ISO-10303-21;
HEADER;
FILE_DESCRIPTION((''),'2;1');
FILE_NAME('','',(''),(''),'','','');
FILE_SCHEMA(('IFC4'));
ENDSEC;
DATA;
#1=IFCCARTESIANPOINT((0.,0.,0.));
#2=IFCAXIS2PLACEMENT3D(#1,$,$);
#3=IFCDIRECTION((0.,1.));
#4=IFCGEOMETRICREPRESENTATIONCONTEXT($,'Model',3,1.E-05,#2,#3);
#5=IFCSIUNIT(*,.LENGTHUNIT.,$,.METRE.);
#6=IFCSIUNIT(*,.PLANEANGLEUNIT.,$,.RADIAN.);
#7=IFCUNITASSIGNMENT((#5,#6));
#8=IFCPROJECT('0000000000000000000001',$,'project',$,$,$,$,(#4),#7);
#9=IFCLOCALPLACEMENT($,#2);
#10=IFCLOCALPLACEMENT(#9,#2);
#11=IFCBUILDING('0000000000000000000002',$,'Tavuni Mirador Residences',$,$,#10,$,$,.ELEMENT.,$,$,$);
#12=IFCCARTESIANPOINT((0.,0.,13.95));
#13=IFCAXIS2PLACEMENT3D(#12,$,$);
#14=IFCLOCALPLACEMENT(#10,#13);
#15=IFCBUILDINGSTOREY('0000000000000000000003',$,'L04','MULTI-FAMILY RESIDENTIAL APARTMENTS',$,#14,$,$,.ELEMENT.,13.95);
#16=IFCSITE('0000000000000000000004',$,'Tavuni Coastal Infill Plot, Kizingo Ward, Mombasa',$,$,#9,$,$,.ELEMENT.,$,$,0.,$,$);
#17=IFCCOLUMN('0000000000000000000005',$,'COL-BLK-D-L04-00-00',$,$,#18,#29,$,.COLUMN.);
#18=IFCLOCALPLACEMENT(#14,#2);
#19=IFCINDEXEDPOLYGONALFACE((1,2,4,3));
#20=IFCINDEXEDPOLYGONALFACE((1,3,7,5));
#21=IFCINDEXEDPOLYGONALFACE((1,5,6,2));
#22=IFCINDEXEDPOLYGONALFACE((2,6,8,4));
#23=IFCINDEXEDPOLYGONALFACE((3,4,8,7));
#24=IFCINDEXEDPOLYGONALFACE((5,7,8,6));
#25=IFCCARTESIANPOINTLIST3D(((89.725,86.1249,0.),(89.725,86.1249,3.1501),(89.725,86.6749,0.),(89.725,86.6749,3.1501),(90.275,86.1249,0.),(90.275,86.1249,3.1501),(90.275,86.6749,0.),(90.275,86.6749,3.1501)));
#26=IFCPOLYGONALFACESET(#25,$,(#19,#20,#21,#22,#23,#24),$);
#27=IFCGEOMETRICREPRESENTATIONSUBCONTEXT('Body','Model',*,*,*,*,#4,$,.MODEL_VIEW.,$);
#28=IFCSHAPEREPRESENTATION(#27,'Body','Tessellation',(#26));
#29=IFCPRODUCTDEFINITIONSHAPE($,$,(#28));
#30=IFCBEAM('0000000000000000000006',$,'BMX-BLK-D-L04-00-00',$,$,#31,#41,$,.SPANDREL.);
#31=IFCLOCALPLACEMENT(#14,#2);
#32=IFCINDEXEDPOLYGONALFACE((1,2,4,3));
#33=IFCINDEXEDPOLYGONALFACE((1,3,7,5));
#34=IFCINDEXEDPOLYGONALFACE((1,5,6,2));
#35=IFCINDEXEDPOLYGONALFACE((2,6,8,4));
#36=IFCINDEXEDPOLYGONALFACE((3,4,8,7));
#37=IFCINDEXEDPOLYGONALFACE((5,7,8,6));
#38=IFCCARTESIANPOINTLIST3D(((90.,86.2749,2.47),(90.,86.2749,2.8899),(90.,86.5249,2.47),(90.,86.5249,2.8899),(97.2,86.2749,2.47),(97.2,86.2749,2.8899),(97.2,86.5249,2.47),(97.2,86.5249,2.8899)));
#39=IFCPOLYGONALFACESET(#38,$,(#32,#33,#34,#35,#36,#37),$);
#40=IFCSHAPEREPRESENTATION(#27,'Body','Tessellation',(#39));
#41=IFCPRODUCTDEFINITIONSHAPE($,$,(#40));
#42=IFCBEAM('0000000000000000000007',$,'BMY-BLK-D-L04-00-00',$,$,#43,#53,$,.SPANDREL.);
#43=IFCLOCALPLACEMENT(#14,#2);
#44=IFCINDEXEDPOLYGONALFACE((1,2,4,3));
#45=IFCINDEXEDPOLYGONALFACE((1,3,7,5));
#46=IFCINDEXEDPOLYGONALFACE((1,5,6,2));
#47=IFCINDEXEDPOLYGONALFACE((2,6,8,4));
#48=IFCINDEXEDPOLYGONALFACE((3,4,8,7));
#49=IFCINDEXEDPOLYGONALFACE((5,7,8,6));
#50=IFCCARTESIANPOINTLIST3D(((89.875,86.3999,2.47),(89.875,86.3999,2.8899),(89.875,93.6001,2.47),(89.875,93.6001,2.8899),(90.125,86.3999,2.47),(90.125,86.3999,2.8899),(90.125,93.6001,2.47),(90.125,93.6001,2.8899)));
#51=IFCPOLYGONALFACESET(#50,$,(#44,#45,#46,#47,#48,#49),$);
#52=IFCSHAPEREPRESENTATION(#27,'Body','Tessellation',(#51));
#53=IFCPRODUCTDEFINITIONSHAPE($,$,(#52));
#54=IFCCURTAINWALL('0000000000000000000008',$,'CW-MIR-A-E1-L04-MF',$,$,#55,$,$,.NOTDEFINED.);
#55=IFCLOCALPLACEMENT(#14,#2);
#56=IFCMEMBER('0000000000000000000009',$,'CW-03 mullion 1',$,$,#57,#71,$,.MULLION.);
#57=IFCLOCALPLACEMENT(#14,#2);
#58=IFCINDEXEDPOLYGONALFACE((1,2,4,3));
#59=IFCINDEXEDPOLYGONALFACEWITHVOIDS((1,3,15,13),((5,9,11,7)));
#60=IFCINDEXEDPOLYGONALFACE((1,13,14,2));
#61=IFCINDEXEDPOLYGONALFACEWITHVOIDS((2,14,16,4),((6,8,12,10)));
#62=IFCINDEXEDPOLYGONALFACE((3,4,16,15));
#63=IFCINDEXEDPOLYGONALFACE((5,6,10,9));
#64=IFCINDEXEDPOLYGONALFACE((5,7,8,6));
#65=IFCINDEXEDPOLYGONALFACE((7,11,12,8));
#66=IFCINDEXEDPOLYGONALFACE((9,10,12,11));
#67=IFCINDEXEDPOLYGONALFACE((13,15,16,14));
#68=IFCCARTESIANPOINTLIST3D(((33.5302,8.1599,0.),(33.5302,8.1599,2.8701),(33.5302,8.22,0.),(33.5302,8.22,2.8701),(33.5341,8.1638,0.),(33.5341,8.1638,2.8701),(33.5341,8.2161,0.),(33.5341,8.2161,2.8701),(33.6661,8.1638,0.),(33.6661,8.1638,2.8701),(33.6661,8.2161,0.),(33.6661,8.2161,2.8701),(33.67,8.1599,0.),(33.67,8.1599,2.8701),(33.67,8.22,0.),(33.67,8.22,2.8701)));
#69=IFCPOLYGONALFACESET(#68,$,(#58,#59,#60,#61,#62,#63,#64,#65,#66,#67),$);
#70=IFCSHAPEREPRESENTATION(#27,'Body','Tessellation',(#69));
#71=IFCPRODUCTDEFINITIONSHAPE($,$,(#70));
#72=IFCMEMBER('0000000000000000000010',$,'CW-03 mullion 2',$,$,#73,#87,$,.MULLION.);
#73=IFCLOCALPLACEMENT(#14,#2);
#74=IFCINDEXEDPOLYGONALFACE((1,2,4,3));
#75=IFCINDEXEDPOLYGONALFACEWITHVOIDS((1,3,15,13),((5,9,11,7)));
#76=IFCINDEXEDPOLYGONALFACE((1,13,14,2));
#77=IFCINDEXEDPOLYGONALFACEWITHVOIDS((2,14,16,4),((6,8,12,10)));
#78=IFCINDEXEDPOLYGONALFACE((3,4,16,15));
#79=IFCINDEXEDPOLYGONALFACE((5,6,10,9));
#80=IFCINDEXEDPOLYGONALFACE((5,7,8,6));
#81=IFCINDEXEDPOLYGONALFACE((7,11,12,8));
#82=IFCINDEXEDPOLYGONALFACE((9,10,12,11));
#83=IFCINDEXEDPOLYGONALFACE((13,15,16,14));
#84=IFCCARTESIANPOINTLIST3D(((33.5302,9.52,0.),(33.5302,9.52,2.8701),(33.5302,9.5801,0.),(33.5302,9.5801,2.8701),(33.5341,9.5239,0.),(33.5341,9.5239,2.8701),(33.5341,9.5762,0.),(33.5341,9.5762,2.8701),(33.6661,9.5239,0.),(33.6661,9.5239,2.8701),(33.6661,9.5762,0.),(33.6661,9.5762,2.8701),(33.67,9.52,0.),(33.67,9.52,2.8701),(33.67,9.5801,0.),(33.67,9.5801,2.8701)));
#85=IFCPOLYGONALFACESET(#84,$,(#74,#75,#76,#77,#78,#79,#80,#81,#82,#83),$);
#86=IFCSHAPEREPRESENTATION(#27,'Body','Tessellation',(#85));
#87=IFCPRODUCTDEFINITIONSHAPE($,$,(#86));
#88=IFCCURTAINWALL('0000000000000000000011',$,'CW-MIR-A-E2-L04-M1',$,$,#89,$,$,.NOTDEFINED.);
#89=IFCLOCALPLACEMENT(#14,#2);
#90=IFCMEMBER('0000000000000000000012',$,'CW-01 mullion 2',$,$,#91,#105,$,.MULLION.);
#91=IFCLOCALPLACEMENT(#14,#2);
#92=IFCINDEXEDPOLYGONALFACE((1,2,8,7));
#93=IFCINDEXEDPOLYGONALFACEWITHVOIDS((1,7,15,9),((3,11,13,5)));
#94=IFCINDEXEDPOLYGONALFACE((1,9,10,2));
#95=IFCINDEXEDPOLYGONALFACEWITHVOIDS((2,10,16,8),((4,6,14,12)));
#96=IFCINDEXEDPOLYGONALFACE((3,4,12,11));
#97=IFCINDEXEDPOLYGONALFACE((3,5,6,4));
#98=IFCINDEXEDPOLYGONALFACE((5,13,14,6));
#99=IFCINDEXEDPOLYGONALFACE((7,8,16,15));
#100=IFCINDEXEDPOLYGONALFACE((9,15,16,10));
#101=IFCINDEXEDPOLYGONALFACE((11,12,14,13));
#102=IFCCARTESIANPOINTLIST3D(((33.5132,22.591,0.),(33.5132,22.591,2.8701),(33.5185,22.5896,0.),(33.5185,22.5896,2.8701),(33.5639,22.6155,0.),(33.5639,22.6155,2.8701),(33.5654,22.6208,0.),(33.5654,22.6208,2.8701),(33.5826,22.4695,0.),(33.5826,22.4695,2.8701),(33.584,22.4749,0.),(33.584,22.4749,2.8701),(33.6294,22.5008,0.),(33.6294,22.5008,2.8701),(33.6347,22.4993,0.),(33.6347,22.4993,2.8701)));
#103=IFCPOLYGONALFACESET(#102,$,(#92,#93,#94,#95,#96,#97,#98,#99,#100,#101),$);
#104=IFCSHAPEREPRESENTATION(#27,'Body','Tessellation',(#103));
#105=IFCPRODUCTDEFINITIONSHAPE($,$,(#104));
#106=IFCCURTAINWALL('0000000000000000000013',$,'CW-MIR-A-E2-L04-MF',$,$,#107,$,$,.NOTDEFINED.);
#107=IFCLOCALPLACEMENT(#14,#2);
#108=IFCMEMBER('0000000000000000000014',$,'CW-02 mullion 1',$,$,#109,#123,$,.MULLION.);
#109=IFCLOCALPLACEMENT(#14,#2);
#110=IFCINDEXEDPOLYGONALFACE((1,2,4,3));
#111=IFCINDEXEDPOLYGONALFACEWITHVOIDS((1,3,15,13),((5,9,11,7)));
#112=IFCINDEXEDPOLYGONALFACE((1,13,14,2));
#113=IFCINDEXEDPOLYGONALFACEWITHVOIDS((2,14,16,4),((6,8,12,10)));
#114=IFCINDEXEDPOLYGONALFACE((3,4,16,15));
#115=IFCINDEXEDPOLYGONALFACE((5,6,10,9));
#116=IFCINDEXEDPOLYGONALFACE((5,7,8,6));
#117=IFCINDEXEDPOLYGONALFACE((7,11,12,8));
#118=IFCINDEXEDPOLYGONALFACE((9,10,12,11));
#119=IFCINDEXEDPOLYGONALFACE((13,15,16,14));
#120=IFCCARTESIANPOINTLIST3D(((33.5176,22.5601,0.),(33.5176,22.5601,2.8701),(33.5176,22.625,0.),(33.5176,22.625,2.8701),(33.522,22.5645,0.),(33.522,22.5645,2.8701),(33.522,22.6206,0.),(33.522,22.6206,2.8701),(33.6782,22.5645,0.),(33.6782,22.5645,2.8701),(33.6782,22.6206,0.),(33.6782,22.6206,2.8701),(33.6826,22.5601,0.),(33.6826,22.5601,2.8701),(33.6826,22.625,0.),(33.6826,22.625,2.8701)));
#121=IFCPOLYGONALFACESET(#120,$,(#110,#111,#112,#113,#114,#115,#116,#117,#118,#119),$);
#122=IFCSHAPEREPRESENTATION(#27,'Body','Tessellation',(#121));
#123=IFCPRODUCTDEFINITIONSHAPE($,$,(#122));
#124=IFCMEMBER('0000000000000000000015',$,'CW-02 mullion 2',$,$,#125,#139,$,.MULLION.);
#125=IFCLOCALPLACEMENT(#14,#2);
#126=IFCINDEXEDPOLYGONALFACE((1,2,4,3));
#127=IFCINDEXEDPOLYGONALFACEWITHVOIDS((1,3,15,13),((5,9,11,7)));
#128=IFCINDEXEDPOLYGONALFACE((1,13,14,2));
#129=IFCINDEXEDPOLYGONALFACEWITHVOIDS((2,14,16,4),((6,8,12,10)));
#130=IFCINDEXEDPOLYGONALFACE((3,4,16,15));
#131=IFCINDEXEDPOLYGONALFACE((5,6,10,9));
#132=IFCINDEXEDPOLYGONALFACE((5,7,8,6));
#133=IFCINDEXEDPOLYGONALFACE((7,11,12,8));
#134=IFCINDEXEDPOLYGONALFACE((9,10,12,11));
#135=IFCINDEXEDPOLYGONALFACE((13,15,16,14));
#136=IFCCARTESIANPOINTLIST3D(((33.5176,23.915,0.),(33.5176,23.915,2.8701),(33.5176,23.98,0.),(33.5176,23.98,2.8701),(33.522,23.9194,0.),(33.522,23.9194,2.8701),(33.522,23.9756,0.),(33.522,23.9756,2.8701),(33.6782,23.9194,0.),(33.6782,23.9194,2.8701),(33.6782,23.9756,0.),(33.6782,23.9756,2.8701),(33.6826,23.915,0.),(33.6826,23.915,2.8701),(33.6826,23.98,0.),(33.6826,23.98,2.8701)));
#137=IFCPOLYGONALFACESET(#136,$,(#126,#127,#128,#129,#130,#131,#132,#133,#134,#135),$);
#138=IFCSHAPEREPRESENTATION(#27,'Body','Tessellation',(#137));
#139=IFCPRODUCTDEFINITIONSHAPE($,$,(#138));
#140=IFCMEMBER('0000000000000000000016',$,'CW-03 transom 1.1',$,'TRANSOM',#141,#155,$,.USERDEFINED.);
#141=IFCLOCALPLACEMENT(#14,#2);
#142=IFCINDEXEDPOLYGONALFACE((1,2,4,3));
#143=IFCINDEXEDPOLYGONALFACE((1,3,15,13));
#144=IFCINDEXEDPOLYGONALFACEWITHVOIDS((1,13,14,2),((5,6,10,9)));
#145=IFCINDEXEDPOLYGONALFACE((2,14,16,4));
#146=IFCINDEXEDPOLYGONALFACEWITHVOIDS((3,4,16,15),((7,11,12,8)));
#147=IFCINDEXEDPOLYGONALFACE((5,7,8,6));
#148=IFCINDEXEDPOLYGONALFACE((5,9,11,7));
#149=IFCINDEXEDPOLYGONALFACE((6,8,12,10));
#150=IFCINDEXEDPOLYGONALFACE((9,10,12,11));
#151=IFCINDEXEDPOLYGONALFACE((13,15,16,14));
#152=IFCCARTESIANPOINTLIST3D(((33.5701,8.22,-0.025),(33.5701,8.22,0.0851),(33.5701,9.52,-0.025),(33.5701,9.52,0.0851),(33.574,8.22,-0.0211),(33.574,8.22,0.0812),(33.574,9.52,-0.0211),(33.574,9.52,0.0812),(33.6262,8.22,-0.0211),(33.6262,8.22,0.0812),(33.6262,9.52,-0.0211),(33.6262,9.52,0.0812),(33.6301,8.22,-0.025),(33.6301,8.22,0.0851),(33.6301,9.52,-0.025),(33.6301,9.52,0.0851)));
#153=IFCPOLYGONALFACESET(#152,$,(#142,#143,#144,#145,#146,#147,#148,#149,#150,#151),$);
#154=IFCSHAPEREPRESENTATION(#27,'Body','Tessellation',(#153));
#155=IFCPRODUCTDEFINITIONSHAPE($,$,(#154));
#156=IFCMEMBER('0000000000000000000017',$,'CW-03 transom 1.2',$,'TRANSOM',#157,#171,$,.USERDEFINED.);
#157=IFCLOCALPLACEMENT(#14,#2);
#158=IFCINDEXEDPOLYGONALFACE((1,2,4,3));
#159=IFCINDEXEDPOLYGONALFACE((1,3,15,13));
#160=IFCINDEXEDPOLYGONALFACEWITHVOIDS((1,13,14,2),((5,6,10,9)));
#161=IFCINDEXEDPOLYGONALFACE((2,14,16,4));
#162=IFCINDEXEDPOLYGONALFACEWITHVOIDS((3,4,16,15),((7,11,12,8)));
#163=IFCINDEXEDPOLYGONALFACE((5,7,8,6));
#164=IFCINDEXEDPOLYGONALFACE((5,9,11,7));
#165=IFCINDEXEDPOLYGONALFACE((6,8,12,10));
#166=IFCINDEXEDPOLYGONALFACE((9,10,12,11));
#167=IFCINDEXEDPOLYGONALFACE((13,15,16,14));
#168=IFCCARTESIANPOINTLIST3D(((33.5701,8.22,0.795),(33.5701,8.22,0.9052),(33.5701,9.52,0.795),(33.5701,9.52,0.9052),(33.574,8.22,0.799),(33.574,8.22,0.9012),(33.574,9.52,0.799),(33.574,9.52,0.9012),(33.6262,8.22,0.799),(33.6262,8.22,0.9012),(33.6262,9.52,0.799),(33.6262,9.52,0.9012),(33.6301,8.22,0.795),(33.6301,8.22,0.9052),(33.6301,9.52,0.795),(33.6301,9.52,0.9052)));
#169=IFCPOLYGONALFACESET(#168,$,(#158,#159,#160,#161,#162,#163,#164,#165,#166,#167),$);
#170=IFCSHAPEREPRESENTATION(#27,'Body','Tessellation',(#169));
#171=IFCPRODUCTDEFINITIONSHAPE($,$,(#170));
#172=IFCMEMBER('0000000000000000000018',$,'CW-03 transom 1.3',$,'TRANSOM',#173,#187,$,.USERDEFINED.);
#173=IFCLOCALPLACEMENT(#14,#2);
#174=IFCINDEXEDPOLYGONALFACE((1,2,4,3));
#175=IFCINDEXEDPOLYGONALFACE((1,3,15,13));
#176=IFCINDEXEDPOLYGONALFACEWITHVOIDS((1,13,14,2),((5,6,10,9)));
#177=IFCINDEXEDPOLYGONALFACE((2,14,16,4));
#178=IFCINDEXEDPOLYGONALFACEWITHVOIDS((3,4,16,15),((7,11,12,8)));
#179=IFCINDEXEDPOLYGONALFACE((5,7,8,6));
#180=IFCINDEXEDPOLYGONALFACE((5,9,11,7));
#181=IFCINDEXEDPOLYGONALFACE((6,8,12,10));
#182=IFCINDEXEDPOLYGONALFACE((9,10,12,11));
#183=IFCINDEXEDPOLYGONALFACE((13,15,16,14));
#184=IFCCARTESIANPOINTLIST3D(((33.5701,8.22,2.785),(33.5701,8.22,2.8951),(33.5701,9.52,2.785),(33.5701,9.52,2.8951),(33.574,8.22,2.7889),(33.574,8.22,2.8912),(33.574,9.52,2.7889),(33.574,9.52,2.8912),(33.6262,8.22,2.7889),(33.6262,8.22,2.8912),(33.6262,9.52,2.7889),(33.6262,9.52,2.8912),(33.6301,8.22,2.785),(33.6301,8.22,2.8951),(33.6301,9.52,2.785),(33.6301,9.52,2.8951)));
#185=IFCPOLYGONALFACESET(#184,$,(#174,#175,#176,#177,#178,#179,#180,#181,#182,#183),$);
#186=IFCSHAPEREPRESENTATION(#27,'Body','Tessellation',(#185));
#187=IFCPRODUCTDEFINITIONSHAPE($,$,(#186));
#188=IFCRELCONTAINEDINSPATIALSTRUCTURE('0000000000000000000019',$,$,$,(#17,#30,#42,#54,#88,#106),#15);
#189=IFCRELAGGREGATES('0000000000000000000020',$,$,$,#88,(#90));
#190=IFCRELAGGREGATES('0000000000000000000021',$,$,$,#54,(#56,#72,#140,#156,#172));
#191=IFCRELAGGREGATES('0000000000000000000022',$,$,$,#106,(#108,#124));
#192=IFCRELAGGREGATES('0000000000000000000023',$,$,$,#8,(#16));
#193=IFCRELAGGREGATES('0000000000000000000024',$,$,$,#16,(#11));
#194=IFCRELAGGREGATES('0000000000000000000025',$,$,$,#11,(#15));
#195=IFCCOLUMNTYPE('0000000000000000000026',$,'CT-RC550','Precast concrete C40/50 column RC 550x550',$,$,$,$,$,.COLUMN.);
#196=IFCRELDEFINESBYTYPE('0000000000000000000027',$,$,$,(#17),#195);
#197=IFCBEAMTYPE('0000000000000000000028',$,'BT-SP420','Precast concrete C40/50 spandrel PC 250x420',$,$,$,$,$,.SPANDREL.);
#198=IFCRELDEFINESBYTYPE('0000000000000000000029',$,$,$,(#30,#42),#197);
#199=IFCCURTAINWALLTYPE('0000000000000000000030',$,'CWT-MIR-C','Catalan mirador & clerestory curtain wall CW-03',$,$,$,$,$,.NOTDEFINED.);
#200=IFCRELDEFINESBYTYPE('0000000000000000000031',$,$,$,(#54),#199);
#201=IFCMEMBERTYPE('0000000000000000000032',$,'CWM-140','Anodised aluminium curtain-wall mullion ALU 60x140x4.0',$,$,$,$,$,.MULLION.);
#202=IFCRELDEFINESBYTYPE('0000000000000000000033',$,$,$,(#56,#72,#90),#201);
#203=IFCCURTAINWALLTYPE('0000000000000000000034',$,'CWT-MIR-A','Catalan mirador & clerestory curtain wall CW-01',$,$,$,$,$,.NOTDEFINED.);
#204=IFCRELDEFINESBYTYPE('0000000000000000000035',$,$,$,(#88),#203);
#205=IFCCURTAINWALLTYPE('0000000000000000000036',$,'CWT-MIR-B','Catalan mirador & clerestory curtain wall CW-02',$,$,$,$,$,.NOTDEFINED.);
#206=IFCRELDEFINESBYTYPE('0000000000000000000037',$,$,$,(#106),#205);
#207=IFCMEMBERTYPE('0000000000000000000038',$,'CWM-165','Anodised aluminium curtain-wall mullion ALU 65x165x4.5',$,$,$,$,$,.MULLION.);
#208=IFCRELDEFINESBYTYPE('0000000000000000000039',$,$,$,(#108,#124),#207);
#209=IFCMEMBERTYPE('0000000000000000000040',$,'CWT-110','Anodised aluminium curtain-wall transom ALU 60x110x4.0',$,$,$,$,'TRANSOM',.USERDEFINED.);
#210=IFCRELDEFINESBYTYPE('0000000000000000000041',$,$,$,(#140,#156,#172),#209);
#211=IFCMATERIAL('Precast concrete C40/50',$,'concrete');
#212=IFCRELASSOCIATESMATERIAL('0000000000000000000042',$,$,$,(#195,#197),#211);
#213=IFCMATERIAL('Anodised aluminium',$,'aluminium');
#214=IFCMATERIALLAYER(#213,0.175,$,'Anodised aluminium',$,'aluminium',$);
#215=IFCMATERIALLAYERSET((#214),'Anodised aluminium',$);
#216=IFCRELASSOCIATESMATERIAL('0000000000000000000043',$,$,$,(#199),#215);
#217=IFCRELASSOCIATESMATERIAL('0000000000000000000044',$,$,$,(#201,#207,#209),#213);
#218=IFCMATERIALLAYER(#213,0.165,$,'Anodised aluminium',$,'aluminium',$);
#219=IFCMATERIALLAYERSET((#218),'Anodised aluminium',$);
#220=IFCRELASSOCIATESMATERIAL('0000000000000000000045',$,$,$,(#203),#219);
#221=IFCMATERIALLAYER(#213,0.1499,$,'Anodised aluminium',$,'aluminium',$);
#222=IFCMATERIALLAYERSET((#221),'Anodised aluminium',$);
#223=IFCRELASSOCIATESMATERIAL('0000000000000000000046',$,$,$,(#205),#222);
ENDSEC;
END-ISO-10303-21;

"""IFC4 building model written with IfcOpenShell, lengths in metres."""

from ifc_helpers import new_model, si_unit, direction, frame, origin, origin_2d, place, context, subcontext, project, spatial, rectangle, hollow_rectangle, extrude, material, layer, layer_set, material_profile, profile_set, type_object, element, aggregate, save


model = new_model("IFC4")

# Units and contexts
model_context = context("Model", 3, precision=1e-05, world=origin(), true_north=direction((0.0, 1.0)))
body_context = subcontext(model_context, "Body", "Model", "MODEL_VIEW")
ifc_project = project(units=[si_unit("LENGTHUNIT", "METRE"), si_unit("PLANEANGLEUNIT", "RADIAN")], contexts=[model_context])

# Site, building, storey
site_placement = place(None, origin())
site = spatial("IfcSite", under=ifc_project, at=site_placement, Name="Tavuni Coastal Infill Plot, Kizingo Ward, Mombasa", CompositionType="ELEMENT", RefElevation=0.0)
building_placement = place(site_placement, origin())
building = spatial("IfcBuilding", under=site, at=building_placement, Name="Tavuni Mirador Residences", CompositionType="ELEMENT")
storey_placement = place(building_placement, frame((0.0, 0.0, 13.95)))
storey = spatial("IfcBuildingStorey", under=building, at=storey_placement, Name="L04", Description="MULTI-FAMILY RESIDENTIAL APARTMENTS", CompositionType="ELEMENT", Elevation=13.95)

# Column
ifc_material_1 = material(Name="Precast concrete C40/50", Category="concrete")
ifc_material_profile_1 = material_profile(ifc_material_1, rectangle(XDim=0.55, YDim=0.55, at=origin_2d()), Name="RC 550x550", Category="concrete")
ifc_profile_set_1 = profile_set([ifc_material_profile_1], Name="Precast concrete C40/50")
column_type = type_object("IfcColumnType", Name="CT-RC550", Description="Precast concrete C40/50 column RC 550x550", PredefinedType="COLUMN", material=ifc_profile_set_1)
column_placement = place(storey_placement, frame((90.0, 86.3999, 0.0), z_axis=(0.0, 0.0, 1.0), x_axis=(1.0, 0.0, 0.0)))
element("IfcColumn", 1, at=column_placement, inside=storey, type_object=column_type, Name="COL-BLK-D-L04-00-00", PredefinedType="COLUMN", context=body_context, shape_type="SweptSolid", body=[
    extrude(rectangle(XDim=0.55, YDim=0.55, at=origin_2d()), origin(), (0.0, 0.0, 1.0), 3.1501),
])

# Beams
ifc_material_profile_2 = material_profile(ifc_material_1, rectangle(XDim=0.25, YDim=0.4199, at=origin_2d()), Name="PC 250x420", Category="concrete")
ifc_profile_set_2 = profile_set([ifc_material_profile_2], Name="Precast concrete C40/50")
beam_type = type_object("IfcBeamType", Name="BT-SP420", Description="Precast concrete C40/50 spandrel PC 250x420", PredefinedType="SPANDREL", material=ifc_profile_set_2)
beam_1_placement = place(storey_placement, frame((90.0, 86.3999, 2.6799), z_axis=(1.0, 0.0, 0.0), x_axis=(0.0, 1.0, 0.0)))
element("IfcBeam", 2, at=beam_1_placement, inside=storey, type_object=beam_type, Name="BMX-BLK-D-L04-00-00", PredefinedType="SPANDREL", context=body_context, shape_type="SweptSolid", body=[
    extrude(rectangle(XDim=0.25, YDim=0.4199, at=origin_2d()), origin(), (0.0, 0.0, 1.0), 7.2),
])
beam_2_placement = place(storey_placement, frame((90.0, 86.3999, 2.6799), z_axis=(0.0, 1.0, 0.0), x_axis=(-1.0, 0.0, 0.0)))
element("IfcBeam", 3, at=beam_2_placement, inside=storey, type_object=beam_type, Name="BMY-BLK-D-L04-00-00", PredefinedType="SPANDREL", context=body_context, shape_type="SweptSolid", body=[
    extrude(rectangle(XDim=0.25, YDim=0.4199, at=origin_2d()), origin(), (0.0, 0.0, 1.0), 7.2002),
])

# Curtain wall, members
ifc_material_2 = material(Name="Anodised aluminium", Category="aluminium")
ifc_layer_1 = layer(ifc_material_2, 0.175, Name="Anodised aluminium", Category="aluminium")
ifc_layer_set_1 = layer_set([ifc_layer_1], Name="Anodised aluminium")
curtain_wall_type_1 = type_object("IfcCurtainWallType", Name="CWT-MIR-C", Description="Catalan mirador & clerestory curtain wall CW-03", PredefinedType="NOTDEFINED", material=ifc_layer_set_1)
curtain_wall_1_placement = place(storey_placement, origin())
curtain_wall_1 = element("IfcCurtainWall", 4, at=curtain_wall_1_placement, inside=storey, type_object=curtain_wall_type_1, Name="CW-MIR-A-E1-L04-MF", PredefinedType="NOTDEFINED")
ifc_material_profile_3 = material_profile(ifc_material_2, hollow_rectangle(XDim=0.0601, YDim=0.1399, WallThickness=0.0039, at=origin_2d()), Name="ALU 60x140x4.0", Category="aluminium")
ifc_profile_set_3 = profile_set([ifc_material_profile_3], Name="Anodised aluminium")
member_type_1 = type_object("IfcMemberType", Name="CWM-140", Description="Anodised aluminium curtain-wall mullion ALU 60x140x4.0", PredefinedType="MULLION", material=ifc_profile_set_3)
member_1_placement = place(storey_placement, frame((33.6001, 8.1899, 0.0), z_axis=(0.0, 0.0, 1.0), x_axis=(0.0, 1.0, 0.0)))
member_1 = element("IfcMember", 5, at=member_1_placement, type_object=member_type_1, Name="CW-03 mullion 1", PredefinedType="MULLION", context=body_context, shape_type="SweptSolid", body=[
    extrude(hollow_rectangle(XDim=0.0601, YDim=0.1399, WallThickness=0.0039, at=origin_2d()), origin(), (0.0, 0.0, 1.0), 2.8701),
])
member_2_placement = place(storey_placement, frame((33.6001, 9.55, 0.0), z_axis=(0.0, 0.0, 1.0), x_axis=(0.0, 1.0, 0.0)))
member_2 = element("IfcMember", 6, at=member_2_placement, type_object=member_type_1, Name="CW-03 mullion 2", PredefinedType="MULLION", context=body_context, shape_type="SweptSolid", body=[
    extrude(hollow_rectangle(XDim=0.0601, YDim=0.1399, WallThickness=0.0039, at=origin_2d()), origin(), (0.0, 0.0, 1.0), 2.8701),
])

# Curtain wall, member
ifc_layer_2 = layer(ifc_material_2, 0.165, Name="Anodised aluminium", Category="aluminium")
ifc_layer_set_2 = layer_set([ifc_layer_2], Name="Anodised aluminium")
curtain_wall_type_2 = type_object("IfcCurtainWallType", Name="CWT-MIR-A", Description="Catalan mirador & clerestory curtain wall CW-01", PredefinedType="NOTDEFINED", material=ifc_layer_set_2)
curtain_wall_2_placement = place(storey_placement, origin())
curtain_wall_2 = element("IfcCurtainWall", 7, at=curtain_wall_2_placement, inside=storey, type_object=curtain_wall_type_2, Name="CW-MIR-A-E2-L04-M1", PredefinedType="NOTDEFINED")
member_3_placement = place(storey_placement, frame((33.574, 22.5452, 0.0), z_axis=(0.0, 0.0, 1.0), x_axis=(0.868466, 0.495749, 0.0)))
member_3 = element("IfcMember", 8, at=member_3_placement, type_object=member_type_1, Name="CW-01 mullion 2", PredefinedType="MULLION", context=body_context, shape_type="SweptSolid", body=[
    extrude(hollow_rectangle(XDim=0.0601, YDim=0.1399, WallThickness=0.0039, at=origin_2d()), origin(), (0.0, 0.0, 1.0), 2.8701),
])
aggregate(curtain_wall_2, [member_3])

# Curtain wall, members
ifc_layer_3 = layer(ifc_material_2, 0.1499, Name="Anodised aluminium", Category="aluminium")
ifc_layer_set_3 = layer_set([ifc_layer_3], Name="Anodised aluminium")
curtain_wall_type_3 = type_object("IfcCurtainWallType", Name="CWT-MIR-B", Description="Catalan mirador & clerestory curtain wall CW-02", PredefinedType="NOTDEFINED", material=ifc_layer_set_3)
curtain_wall_3_placement = place(storey_placement, origin())
curtain_wall_3 = element("IfcCurtainWall", 9, at=curtain_wall_3_placement, inside=storey, type_object=curtain_wall_type_3, Name="CW-MIR-A-E2-L04-MF", PredefinedType="NOTDEFINED")
ifc_material_profile_4 = material_profile(ifc_material_2, hollow_rectangle(XDim=0.0649, YDim=0.165, WallThickness=0.0044, at=origin_2d()), Name="ALU 65x165x4.5", Category="aluminium")
ifc_profile_set_4 = profile_set([ifc_material_profile_4], Name="Anodised aluminium")
member_type_2 = type_object("IfcMemberType", Name="CWM-165", Description="Anodised aluminium curtain-wall mullion ALU 65x165x4.5", PredefinedType="MULLION", material=ifc_profile_set_4)
member_4_placement = place(storey_placement, frame((33.6001, 22.5925, 0.0), z_axis=(0.0, 0.0, 1.0), x_axis=(0.0, 1.0, 0.0)))
member_4 = element("IfcMember", 10, at=member_4_placement, type_object=member_type_2, Name="CW-02 mullion 1", PredefinedType="MULLION", context=body_context, shape_type="SweptSolid", body=[
    extrude(hollow_rectangle(XDim=0.0649, YDim=0.165, WallThickness=0.0044, at=origin_2d()), origin(), (0.0, 0.0, 1.0), 2.8701),
])
member_5_placement = place(storey_placement, frame((33.6001, 23.9475, 0.0), z_axis=(0.0, 0.0, 1.0), x_axis=(0.0, 1.0, 0.0)))
member_5 = element("IfcMember", 11, at=member_5_placement, type_object=member_type_2, Name="CW-02 mullion 2", PredefinedType="MULLION", context=body_context, shape_type="SweptSolid", body=[
    extrude(hollow_rectangle(XDim=0.0649, YDim=0.165, WallThickness=0.0044, at=origin_2d()), origin(), (0.0, 0.0, 1.0), 2.8701),
])

# Members
ifc_material_profile_5 = material_profile(ifc_material_2, hollow_rectangle(XDim=0.0601, YDim=0.1101, WallThickness=0.0039, at=origin_2d()), Name="ALU 60x110x4.0", Category="aluminium")
ifc_profile_set_5 = profile_set([ifc_material_profile_5], Name="Anodised aluminium")
member_type_3 = type_object("IfcMemberType", Name="CWT-110", Description="Anodised aluminium curtain-wall transom ALU 60x110x4.0", ElementType="TRANSOM", PredefinedType="USERDEFINED", material=ifc_profile_set_5)
member_6_placement = place(storey_placement, frame((33.6001, 8.22, 0.03), z_axis=(0.0, 1.0, 0.0), x_axis=(-1.0, 0.0, 0.0)))
member_6 = element("IfcMember", 12, at=member_6_placement, type_object=member_type_3, Name="CW-03 transom 1.1", ObjectType="TRANSOM", PredefinedType="USERDEFINED", context=body_context, shape_type="SweptSolid", body=[
    extrude(hollow_rectangle(XDim=0.0601, YDim=0.1101, WallThickness=0.0039, at=origin_2d()), origin(), (0.0, 0.0, 1.0), 1.3),
])
member_7_placement = place(storey_placement, frame((33.6001, 8.22, 0.8501), z_axis=(0.0, 1.0, 0.0), x_axis=(-1.0, 0.0, 0.0)))
member_7 = element("IfcMember", 13, at=member_7_placement, type_object=member_type_3, Name="CW-03 transom 1.2", ObjectType="TRANSOM", PredefinedType="USERDEFINED", context=body_context, shape_type="SweptSolid", body=[
    extrude(hollow_rectangle(XDim=0.0601, YDim=0.1101, WallThickness=0.0039, at=origin_2d()), origin(), (0.0, 0.0, 1.0), 1.3),
])
member_8_placement = place(storey_placement, frame((33.6001, 8.22, 2.8401), z_axis=(0.0, 1.0, 0.0), x_axis=(-1.0, 0.0, 0.0)))
member_8 = element("IfcMember", 14, at=member_8_placement, type_object=member_type_3, Name="CW-03 transom 1.3", ObjectType="TRANSOM", PredefinedType="USERDEFINED", context=body_context, shape_type="SweptSolid", body=[
    extrude(hollow_rectangle(XDim=0.0601, YDim=0.1101, WallThickness=0.0039, at=origin_2d()), origin(), (0.0, 0.0, 1.0), 1.3),
])

aggregate(curtain_wall_1, [member_1, member_2, member_6, member_7, member_8])
aggregate(curtain_wall_3, [member_4, member_5])

save(model, "model.ifc")
